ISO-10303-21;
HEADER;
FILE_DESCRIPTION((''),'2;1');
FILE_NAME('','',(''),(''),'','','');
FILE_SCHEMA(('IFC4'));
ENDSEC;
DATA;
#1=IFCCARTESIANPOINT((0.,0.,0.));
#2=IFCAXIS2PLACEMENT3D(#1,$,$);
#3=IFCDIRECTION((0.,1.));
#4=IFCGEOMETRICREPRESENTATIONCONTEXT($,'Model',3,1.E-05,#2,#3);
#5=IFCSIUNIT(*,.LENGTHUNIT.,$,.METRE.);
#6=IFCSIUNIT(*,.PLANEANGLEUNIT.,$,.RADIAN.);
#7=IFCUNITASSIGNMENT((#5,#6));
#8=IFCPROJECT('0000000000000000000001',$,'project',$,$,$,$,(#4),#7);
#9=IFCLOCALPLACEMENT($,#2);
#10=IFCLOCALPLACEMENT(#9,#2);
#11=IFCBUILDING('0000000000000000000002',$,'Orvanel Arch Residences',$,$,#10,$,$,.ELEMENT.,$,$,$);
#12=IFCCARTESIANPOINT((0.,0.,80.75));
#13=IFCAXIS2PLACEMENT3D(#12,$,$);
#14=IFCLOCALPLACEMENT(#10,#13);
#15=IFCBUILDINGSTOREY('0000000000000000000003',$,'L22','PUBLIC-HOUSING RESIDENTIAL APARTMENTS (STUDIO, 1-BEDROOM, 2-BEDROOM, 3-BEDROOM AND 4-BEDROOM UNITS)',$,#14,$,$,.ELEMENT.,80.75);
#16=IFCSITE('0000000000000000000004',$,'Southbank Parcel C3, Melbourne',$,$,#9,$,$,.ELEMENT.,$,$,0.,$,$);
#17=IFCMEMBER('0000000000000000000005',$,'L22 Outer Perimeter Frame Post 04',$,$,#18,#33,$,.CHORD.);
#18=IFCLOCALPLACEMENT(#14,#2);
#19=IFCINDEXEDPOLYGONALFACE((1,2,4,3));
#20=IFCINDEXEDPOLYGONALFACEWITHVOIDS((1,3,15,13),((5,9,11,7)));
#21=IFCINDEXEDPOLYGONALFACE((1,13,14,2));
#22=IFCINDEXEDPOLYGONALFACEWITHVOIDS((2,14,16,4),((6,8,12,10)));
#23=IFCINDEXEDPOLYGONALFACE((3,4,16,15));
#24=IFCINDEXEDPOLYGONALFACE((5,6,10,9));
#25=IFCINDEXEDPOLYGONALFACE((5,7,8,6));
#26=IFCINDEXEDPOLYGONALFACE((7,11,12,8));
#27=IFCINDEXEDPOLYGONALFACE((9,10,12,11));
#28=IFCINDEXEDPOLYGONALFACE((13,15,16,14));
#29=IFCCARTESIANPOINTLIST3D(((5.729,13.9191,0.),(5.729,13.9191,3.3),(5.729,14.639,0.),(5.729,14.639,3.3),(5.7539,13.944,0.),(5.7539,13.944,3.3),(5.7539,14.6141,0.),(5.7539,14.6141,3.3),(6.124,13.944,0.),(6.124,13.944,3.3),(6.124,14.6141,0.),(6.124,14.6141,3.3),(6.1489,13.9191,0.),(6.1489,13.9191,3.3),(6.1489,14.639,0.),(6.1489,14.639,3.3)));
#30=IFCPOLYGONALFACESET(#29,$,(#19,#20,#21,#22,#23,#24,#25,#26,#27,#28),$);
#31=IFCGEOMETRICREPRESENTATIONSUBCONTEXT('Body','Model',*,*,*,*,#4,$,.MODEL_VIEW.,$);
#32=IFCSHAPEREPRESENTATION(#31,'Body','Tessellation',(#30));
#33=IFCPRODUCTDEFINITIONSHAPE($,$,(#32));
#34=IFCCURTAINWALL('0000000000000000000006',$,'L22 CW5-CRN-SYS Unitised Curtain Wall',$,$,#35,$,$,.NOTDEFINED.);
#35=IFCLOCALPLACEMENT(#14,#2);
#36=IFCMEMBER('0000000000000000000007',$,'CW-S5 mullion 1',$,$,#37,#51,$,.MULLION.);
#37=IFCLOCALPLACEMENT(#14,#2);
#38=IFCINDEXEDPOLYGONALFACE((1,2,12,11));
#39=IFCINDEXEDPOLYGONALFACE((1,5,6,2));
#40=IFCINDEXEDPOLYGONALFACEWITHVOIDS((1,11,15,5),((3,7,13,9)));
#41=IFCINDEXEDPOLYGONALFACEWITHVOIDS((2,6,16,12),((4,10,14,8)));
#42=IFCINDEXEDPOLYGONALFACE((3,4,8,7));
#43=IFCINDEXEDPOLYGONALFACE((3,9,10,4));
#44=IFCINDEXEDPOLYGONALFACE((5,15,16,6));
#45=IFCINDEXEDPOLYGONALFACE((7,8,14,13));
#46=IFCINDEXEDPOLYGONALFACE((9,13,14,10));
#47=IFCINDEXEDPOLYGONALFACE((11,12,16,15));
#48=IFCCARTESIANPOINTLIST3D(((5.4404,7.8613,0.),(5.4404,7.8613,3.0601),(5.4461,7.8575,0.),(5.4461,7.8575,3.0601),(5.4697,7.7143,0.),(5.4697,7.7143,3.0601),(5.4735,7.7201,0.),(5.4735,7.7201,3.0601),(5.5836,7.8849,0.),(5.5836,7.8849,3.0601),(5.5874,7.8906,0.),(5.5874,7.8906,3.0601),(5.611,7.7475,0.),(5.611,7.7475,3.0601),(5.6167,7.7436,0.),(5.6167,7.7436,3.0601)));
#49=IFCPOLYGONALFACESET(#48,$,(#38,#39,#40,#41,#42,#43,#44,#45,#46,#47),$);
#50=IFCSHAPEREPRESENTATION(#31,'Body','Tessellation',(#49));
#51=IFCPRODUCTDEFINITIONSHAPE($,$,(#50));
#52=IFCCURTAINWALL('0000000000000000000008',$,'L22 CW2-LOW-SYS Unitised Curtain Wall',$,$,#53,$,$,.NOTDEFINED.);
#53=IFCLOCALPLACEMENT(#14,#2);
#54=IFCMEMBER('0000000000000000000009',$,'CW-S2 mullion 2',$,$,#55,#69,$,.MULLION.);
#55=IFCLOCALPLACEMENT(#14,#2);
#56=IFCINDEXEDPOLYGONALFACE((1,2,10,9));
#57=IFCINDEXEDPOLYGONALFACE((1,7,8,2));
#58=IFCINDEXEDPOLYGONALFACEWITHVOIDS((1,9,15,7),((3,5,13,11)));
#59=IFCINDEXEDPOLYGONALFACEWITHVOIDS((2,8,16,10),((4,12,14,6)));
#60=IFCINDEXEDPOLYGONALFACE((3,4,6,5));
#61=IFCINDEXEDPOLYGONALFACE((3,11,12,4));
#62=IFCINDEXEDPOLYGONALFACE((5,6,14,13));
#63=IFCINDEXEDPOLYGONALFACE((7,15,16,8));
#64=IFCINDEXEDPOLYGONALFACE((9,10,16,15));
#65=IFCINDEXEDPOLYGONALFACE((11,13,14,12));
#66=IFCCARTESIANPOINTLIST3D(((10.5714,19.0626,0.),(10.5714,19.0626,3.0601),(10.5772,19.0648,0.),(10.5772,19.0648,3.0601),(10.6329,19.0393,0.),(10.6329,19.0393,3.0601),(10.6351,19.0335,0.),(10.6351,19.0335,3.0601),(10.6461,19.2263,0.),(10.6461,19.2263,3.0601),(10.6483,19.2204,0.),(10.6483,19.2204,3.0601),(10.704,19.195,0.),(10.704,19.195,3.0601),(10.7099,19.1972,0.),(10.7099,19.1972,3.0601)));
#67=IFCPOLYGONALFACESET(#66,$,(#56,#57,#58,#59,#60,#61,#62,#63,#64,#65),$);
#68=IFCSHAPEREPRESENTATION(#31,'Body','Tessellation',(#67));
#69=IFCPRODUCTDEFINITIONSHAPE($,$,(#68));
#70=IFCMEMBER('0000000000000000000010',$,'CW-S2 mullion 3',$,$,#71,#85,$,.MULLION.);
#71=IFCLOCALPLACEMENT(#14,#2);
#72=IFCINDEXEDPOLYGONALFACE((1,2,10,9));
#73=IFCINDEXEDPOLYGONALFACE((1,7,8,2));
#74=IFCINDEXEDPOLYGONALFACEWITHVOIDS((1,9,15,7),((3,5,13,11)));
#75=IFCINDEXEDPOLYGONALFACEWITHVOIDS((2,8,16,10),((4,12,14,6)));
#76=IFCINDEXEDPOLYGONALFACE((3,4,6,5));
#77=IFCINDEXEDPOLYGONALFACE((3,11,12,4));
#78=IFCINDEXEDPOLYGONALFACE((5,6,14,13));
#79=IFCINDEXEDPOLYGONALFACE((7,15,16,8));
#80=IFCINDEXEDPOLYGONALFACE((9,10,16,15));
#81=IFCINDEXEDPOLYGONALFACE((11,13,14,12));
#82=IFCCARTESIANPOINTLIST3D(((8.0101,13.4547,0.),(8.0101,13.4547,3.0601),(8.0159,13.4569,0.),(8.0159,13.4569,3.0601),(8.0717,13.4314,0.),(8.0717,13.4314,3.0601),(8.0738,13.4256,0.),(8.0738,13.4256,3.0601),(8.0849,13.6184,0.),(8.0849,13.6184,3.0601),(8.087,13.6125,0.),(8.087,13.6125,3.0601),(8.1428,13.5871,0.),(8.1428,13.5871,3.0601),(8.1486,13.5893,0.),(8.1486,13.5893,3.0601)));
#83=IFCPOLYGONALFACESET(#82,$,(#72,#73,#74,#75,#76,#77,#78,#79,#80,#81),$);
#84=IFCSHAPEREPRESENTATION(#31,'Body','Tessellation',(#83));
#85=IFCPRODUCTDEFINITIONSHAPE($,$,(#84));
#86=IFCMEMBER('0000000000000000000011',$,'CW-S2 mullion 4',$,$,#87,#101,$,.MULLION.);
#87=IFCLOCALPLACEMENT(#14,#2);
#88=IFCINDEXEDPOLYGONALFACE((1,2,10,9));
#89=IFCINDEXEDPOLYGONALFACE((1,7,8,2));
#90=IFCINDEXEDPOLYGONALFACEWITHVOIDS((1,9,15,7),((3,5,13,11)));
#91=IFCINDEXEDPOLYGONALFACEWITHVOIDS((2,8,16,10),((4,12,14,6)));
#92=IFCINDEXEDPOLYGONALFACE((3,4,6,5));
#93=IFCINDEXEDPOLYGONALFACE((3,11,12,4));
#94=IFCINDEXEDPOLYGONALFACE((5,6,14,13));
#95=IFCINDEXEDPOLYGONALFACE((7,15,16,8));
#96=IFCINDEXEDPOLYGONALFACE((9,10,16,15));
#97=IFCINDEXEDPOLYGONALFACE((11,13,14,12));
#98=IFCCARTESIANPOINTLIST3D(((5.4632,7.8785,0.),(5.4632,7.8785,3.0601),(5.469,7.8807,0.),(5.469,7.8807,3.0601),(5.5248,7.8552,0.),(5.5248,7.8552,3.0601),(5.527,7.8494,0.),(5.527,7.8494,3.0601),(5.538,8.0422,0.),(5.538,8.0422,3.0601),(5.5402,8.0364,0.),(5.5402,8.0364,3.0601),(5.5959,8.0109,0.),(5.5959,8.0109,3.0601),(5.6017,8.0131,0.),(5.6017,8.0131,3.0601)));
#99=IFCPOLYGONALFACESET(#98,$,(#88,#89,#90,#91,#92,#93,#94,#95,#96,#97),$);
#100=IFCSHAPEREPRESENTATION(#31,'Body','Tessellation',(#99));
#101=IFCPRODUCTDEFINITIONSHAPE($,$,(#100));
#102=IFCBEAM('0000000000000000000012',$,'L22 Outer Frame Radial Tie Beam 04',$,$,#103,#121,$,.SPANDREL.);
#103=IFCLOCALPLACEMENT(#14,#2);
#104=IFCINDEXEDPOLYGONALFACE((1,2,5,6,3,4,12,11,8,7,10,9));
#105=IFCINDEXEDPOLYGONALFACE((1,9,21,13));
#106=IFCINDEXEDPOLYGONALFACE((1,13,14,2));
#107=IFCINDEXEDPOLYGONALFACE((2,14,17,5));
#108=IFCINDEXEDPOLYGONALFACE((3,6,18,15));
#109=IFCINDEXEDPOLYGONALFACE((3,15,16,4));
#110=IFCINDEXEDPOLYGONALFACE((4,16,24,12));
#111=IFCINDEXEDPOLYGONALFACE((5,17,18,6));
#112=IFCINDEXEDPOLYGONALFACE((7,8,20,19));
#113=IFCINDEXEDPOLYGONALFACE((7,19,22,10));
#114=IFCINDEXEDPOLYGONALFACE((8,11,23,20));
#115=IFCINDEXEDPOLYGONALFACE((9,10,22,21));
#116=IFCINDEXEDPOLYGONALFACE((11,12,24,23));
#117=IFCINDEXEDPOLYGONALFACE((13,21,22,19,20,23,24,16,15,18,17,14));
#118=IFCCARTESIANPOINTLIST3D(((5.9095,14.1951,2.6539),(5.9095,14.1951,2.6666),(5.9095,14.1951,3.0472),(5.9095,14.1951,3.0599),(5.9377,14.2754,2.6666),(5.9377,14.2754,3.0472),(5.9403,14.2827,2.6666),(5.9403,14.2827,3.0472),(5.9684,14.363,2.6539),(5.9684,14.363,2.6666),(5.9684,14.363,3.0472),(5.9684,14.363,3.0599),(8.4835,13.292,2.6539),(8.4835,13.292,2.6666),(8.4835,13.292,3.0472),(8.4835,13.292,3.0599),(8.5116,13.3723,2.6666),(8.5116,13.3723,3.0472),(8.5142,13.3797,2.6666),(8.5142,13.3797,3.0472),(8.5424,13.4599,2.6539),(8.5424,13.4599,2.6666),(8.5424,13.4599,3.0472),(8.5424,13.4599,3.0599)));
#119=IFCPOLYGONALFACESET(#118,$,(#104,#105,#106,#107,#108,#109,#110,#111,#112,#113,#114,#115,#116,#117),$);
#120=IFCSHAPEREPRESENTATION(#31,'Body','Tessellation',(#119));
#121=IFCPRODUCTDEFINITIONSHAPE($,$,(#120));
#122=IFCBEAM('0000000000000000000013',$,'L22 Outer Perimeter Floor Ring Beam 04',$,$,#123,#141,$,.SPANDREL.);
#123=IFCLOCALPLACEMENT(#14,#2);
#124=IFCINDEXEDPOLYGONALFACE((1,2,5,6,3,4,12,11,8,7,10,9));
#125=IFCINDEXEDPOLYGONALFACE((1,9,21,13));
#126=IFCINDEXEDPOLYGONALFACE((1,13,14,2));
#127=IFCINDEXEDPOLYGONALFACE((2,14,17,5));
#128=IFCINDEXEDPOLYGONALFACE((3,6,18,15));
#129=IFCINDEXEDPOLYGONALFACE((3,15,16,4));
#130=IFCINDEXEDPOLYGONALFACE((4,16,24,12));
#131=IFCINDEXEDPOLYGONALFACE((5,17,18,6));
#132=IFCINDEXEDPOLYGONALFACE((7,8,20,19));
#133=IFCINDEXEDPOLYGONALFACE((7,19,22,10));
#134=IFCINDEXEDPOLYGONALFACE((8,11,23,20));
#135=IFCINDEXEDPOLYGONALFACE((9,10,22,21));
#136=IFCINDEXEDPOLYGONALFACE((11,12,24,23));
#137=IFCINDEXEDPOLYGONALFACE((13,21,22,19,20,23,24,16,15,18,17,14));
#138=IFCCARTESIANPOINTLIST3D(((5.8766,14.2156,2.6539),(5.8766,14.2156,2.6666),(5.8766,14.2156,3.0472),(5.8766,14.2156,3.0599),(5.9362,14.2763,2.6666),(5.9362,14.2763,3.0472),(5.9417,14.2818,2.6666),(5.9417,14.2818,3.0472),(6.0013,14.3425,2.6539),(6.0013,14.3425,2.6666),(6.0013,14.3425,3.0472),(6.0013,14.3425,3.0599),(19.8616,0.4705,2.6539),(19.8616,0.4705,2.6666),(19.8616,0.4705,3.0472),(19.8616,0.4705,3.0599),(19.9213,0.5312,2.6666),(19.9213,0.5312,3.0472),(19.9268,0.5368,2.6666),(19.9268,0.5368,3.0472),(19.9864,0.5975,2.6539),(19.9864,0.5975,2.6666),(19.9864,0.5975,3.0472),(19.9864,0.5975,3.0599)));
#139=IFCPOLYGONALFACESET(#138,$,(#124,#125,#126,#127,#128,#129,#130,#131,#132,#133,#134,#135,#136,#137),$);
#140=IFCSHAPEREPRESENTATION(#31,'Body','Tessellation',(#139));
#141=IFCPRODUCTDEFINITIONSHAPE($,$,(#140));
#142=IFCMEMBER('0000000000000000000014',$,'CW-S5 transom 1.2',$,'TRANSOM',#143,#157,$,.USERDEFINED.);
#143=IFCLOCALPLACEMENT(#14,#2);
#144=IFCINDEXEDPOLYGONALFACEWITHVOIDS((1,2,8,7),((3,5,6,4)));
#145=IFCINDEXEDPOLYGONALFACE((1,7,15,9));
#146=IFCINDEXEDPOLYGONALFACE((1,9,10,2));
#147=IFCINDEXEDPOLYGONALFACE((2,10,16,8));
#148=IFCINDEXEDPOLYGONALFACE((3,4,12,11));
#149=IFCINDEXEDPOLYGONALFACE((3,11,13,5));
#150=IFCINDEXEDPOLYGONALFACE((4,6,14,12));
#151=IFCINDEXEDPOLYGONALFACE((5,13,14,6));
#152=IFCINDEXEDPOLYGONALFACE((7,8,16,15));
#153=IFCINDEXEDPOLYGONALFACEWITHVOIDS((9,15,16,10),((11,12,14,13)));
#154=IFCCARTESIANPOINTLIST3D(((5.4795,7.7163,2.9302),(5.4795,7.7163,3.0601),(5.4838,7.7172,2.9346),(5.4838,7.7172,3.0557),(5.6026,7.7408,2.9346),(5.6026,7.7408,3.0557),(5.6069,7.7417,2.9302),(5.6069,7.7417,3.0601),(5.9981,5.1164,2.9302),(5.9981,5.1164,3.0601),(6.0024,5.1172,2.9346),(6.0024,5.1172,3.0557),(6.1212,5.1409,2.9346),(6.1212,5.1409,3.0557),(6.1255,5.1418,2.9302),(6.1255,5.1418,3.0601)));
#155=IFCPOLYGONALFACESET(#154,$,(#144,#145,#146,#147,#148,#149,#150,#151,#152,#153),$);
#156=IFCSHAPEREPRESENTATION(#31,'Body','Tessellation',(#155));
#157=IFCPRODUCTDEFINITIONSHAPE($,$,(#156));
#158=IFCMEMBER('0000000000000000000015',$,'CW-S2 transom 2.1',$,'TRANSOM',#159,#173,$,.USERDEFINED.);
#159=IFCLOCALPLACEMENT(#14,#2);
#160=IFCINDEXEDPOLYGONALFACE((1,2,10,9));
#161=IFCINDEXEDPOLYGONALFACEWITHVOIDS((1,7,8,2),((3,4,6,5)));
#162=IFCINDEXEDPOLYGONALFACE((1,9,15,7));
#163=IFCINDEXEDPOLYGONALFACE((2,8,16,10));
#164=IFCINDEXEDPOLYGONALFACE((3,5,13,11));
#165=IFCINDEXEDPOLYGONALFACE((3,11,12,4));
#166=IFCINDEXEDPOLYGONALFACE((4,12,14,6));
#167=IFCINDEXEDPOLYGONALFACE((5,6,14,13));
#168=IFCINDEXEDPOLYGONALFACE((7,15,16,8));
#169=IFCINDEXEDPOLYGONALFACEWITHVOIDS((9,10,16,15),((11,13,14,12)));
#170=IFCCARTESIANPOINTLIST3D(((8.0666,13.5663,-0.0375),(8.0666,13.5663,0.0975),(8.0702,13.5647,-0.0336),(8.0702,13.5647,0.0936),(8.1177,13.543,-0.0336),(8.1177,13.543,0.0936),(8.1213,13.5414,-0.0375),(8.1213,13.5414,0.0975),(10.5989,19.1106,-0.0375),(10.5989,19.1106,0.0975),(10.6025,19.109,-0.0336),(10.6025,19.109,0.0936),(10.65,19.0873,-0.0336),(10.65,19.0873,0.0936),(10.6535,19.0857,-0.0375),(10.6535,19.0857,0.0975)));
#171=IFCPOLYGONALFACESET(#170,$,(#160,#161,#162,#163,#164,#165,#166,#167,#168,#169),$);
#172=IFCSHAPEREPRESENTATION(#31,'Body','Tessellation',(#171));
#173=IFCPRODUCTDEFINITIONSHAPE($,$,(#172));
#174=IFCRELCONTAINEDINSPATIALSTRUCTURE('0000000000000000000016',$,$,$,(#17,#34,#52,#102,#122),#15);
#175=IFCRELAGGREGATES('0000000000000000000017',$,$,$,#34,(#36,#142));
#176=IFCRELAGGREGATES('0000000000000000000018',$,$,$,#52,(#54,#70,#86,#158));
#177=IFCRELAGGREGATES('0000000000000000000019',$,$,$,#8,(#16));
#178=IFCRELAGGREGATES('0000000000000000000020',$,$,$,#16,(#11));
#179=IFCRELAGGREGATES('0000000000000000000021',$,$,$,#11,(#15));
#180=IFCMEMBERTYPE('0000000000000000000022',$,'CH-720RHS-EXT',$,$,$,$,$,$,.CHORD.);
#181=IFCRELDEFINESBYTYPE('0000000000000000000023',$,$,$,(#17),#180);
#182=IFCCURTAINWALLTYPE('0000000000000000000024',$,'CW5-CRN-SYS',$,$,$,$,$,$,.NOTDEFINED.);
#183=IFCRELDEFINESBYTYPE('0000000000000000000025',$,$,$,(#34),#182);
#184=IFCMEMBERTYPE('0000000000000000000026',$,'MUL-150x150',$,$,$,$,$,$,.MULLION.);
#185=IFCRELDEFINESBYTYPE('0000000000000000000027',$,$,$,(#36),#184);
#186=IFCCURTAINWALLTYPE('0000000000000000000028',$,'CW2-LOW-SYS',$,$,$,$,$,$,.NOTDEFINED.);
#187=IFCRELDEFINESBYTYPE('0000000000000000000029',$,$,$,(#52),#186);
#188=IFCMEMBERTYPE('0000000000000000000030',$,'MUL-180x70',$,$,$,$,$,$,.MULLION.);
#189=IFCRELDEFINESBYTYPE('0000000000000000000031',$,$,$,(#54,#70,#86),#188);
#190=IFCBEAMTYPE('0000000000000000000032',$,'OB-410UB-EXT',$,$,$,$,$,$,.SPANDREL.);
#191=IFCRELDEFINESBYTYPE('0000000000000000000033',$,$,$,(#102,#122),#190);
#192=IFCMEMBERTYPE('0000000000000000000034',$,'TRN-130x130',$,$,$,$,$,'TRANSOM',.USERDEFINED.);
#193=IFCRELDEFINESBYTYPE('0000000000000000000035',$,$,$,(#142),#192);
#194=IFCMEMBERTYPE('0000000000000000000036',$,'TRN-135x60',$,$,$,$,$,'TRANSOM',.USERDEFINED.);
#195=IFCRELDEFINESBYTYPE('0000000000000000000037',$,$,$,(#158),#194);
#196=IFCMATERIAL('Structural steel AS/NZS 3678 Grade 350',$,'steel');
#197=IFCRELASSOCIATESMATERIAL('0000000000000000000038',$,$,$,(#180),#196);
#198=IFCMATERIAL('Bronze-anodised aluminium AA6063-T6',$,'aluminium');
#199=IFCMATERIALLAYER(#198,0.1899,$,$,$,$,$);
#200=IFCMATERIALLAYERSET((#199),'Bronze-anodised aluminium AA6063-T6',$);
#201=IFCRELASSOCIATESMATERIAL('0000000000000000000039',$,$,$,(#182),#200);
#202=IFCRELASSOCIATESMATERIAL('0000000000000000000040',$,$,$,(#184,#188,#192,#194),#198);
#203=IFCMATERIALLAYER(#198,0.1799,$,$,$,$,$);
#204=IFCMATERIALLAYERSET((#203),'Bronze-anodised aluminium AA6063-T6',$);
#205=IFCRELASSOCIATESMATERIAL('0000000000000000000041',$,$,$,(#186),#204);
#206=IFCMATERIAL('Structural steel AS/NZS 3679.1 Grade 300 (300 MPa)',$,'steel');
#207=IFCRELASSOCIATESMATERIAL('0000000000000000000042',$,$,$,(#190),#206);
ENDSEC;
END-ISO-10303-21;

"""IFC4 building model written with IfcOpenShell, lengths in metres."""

from ifc_helpers import new_model, si_unit, direction, frame, origin, origin_2d, place, context, subcontext, project, spatial, hollow_rectangle, i_section, extrude, material, layer, layer_set, material_profile, profile_set, type_object, element, aggregate, save


model = new_model("IFC4")

# Units and contexts
model_context = context("Model", 3, precision=1e-05, world=origin(), true_north=direction((0.0, 1.0)))
body_context = subcontext(model_context, "Body", "Model", "MODEL_VIEW")
ifc_project = project(units=[si_unit("LENGTHUNIT", "METRE"), si_unit("PLANEANGLEUNIT", "RADIAN")], contexts=[model_context])

# Site, building, storey
site_placement = place(None, origin())
site = spatial("IfcSite", under=ifc_project, at=site_placement, Name="Southbank Parcel C3, Melbourne", CompositionType="ELEMENT", RefElevation=0.0)
building_placement = place(site_placement, origin())
building = spatial("IfcBuilding", under=site, at=building_placement, Name="Orvanel Arch Residences", CompositionType="ELEMENT")
storey_placement = place(building_placement, frame((0.0, 0.0, 80.75)))
storey = spatial("IfcBuildingStorey", under=building, at=storey_placement, Name="L22", Description="PUBLIC-HOUSING RESIDENTIAL APARTMENTS (STUDIO, 1-BEDROOM, 2-BEDROOM, 3-BEDROOM AND 4-BEDROOM UNITS)", CompositionType="ELEMENT", Elevation=80.75)

# Member
ifc_material_1 = material(Name="Structural steel AS/NZS 3678 Grade 350", Category="steel")
ifc_material_profile_1 = material_profile(ifc_material_1, hollow_rectangle(XDim=0.4199, YDim=0.72, WallThickness=0.0249, at=origin_2d()), Name="RHS720x420x25")
ifc_profile_set_1 = profile_set([ifc_material_profile_1], Name="Structural steel AS/NZS 3678 Grade 350")
member_type_1 = type_object("IfcMemberType", Name="CH-720RHS-EXT", PredefinedType="CHORD", material=ifc_profile_set_1)
member_1_placement = place(storey_placement, frame((5.939, 14.2791, 0.0), z_axis=(0.0, 0.0, 1.0), x_axis=(1.0, 0.0, 0.0)))
element("IfcMember", 1, at=member_1_placement, inside=storey, type_object=member_type_1, Name="L22 Outer Perimeter Frame Post 04", PredefinedType="CHORD", context=body_context, shape_type="SweptSolid", body=[
    extrude(hollow_rectangle(XDim=0.4199, YDim=0.72, WallThickness=0.0249, at=origin_2d()), origin(), (0.0, 0.0, 1.0), 3.3),
])

# Curtain wall, member
ifc_material_2 = material(Name="Bronze-anodised aluminium AA6063-T6", Category="aluminium")
ifc_layer_1 = layer(ifc_material_2, 0.1899)
ifc_layer_set_1 = layer_set([ifc_layer_1], Name="Bronze-anodised aluminium AA6063-T6")
curtain_wall_type_1 = type_object("IfcCurtainWallType", Name="CW5-CRN-SYS", PredefinedType="NOTDEFINED", material=ifc_layer_set_1)
curtain_wall_1_placement = place(storey_placement, origin())
curtain_wall_1 = element("IfcCurtainWall", 2, at=curtain_wall_1_placement, inside=storey, type_object=curtain_wall_type_1, Name="L22 CW5-CRN-SYS Unitised Curtain Wall", PredefinedType="NOTDEFINED")
ifc_material_profile_2 = material_profile(ifc_material_2, hollow_rectangle(XDim=0.1499, YDim=0.1499, WallThickness=0.0049, at=origin_2d()), Name="ALU150x150x5")
ifc_profile_set_2 = profile_set([ifc_material_profile_2], Name="Bronze-anodised aluminium AA6063-T6")
member_type_2 = type_object("IfcMemberType", Name="MUL-150x150", PredefinedType="MULLION", material=ifc_profile_set_2)
member_2_placement = place(storey_placement, frame((5.5286, 7.8025, 0.0), z_axis=(0.0, 0.0, 1.0), x_axis=(0.980698, 0.19553, 0.0)))
member_2 = element("IfcMember", 3, at=member_2_placement, type_object=member_type_2, Name="CW-S5 mullion 1", PredefinedType="MULLION", context=body_context, shape_type="SweptSolid", body=[
    extrude(hollow_rectangle(XDim=0.1499, YDim=0.1499, WallThickness=0.0049, at=origin_2d()), origin(), (0.0, 0.0, 1.0), 3.0601),
])

# Curtain wall, members
ifc_layer_2 = layer(ifc_material_2, 0.1799)
ifc_layer_set_2 = layer_set([ifc_layer_2], Name="Bronze-anodised aluminium AA6063-T6")
curtain_wall_type_2 = type_object("IfcCurtainWallType", Name="CW2-LOW-SYS", PredefinedType="NOTDEFINED", material=ifc_layer_set_2)
curtain_wall_2_placement = place(storey_placement, origin())
curtain_wall_2 = element("IfcCurtainWall", 4, at=curtain_wall_2_placement, inside=storey, type_object=curtain_wall_type_2, Name="L22 CW2-LOW-SYS Unitised Curtain Wall", PredefinedType="NOTDEFINED")
ifc_material_profile_3 = material_profile(ifc_material_2, hollow_rectangle(XDim=0.0701, YDim=0.1799, WallThickness=0.0044, at=origin_2d()), Name="ALU180x70x4.5")
ifc_profile_set_3 = profile_set([ifc_material_profile_3], Name="Bronze-anodised aluminium AA6063-T6")
member_type_3 = type_object("IfcMemberType", Name="MUL-180x70", PredefinedType="MULLION", material=ifc_profile_set_3)
member_3_placement = place(storey_placement, frame((10.6406, 19.1299, 0.0), z_axis=(0.0, 0.0, 1.0), x_axis=(0.909617, -0.415448, 0.0)))
member_3 = element("IfcMember", 5, at=member_3_placement, type_object=member_type_3, Name="CW-S2 mullion 2", PredefinedType="MULLION", context=body_context, shape_type="SweptSolid", body=[
    extrude(hollow_rectangle(XDim=0.0701, YDim=0.1799, WallThickness=0.0044, at=origin_2d()), origin(), (0.0, 0.0, 1.0), 3.0601),
])
member_4_placement = place(storey_placement, frame((8.0793, 13.522, 0.0), z_axis=(0.0, 0.0, 1.0), x_axis=(0.909617, -0.415448, 0.0)))
member_4 = element("IfcMember", 6, at=member_4_placement, type_object=member_type_3, Name="CW-S2 mullion 3", PredefinedType="MULLION", context=body_context, shape_type="SweptSolid", body=[
    extrude(hollow_rectangle(XDim=0.0701, YDim=0.1799, WallThickness=0.0044, at=origin_2d()), origin(), (0.0, 0.0, 1.0), 3.0601),
])
member_5_placement = place(storey_placement, frame((5.5325, 7.9458, 0.0), z_axis=(0.0, 0.0, 1.0), x_axis=(0.909617, -0.415448, 0.0)))
member_5 = element("IfcMember", 7, at=member_5_placement, type_object=member_type_3, Name="CW-S2 mullion 4", PredefinedType="MULLION", context=body_context, shape_type="SweptSolid", body=[
    extrude(hollow_rectangle(XDim=0.0701, YDim=0.1799, WallThickness=0.0044, at=origin_2d()), origin(), (0.0, 0.0, 1.0), 3.0601),
])

# Beams
ifc_material_3 = material(Name="Structural steel AS/NZS 3679.1 Grade 300 (300 MPa)", Category="steel")
ifc_material_profile_4 = material_profile(ifc_material_3, i_section(OverallWidth=0.178, OverallDepth=0.406, WebThickness=0.0078, FlangeThickness=0.0127, at=origin_2d()), Name="410UB59.7")
ifc_profile_set_4 = profile_set([ifc_material_profile_4], Name="Structural steel AS/NZS 3679.1 Grade 300 (300 MPa)")
beam_type = type_object("IfcBeamType", Name="OB-410UB-EXT", PredefinedType="SPANDREL", material=ifc_profile_set_4)
beam_1_placement = place(storey_placement, frame((8.5129, 13.376, 2.8569), z_axis=(-0.943608, 0.331064, 0.0), x_axis=(-0.331064, -0.943608, 0.0)))
element("IfcBeam", 8, at=beam_1_placement, inside=storey, type_object=beam_type, Name="L22 Outer Frame Radial Tie Beam 04", PredefinedType="SPANDREL", context=body_context, shape_type="SweptSolid", body=[
    extrude(i_section(OverallWidth=0.178, OverallDepth=0.406, WebThickness=0.0078, FlangeThickness=0.0127, at=origin_2d()), origin(), (0.0, 0.0, 1.0), 2.7278),
])
beam_2_placement = place(storey_placement, frame((5.939, 14.2791, 2.8569), z_axis=(0.7132, -0.700961, 0.0), x_axis=(0.700961, 0.7132, 0.0)))
element("IfcBeam", 9, at=beam_2_placement, inside=storey, type_object=beam_type, Name="L22 Outer Perimeter Floor Ring Beam 04", PredefinedType="SPANDREL", context=body_context, shape_type="SweptSolid", body=[
    extrude(i_section(OverallWidth=0.178, OverallDepth=0.406, WebThickness=0.0078, FlangeThickness=0.0127, at=origin_2d()), origin(), (0.0, 0.0, 1.0), 19.6089),
])

# Members
ifc_material_profile_5 = material_profile(ifc_material_2, hollow_rectangle(XDim=0.1299, YDim=0.1299, WallThickness=0.0044, at=origin_2d()), Name="ALU130x130x4.5")
ifc_profile_set_5 = profile_set([ifc_material_profile_5], Name="Bronze-anodised aluminium AA6063-T6")
member_type_4 = type_object("IfcMemberType", Name="TRN-130x130", ElementType="TRANSOM", PredefinedType="USERDEFINED", material=ifc_profile_set_5)
member_6_placement = place(storey_placement, frame((5.5432, 7.729, 2.9951), z_axis=(0.195603, -0.980683, 0.0), x_axis=(0.980683, 0.195603, 0.0)))
member_6 = element("IfcMember", 10, at=member_6_placement, type_object=member_type_4, Name="CW-S5 transom 1.2", ObjectType="TRANSOM", PredefinedType="USERDEFINED", context=body_context, shape_type="SweptSolid", body=[
    extrude(hollow_rectangle(XDim=0.1299, YDim=0.1299, WallThickness=0.0044, at=origin_2d()), origin(), (0.0, 0.0, 1.0), 2.6511),
])
aggregate(curtain_wall_1, [member_2, member_6])
ifc_material_profile_6 = material_profile(ifc_material_2, hollow_rectangle(XDim=0.0601, YDim=0.135, WallThickness=0.0039, at=origin_2d()), Name="ALU135x60x4")
ifc_profile_set_6 = profile_set([ifc_material_profile_6], Name="Bronze-anodised aluminium AA6063-T6")
member_type_5 = type_object("IfcMemberType", Name="TRN-135x60", ElementType="TRANSOM", PredefinedType="USERDEFINED", material=ifc_profile_set_6)
member_7_placement = place(storey_placement, frame((10.6262, 19.0981, 0.03), z_axis=(-0.415453, -0.909615, 0.0), x_axis=(0.909615, -0.415453, 0.0)))
member_7 = element("IfcMember", 11, at=member_7_placement, type_object=member_type_5, Name="CW-S2 transom 2.1", ObjectType="TRANSOM", PredefinedType="USERDEFINED", context=body_context, shape_type="SweptSolid", body=[
    extrude(hollow_rectangle(XDim=0.0601, YDim=0.135, WallThickness=0.0039, at=origin_2d()), origin(), (0.0, 0.0, 1.0), 6.0952),
])

aggregate(curtain_wall_2, [member_3, member_4, member_5, member_7])

save(model, "model.ifc")
